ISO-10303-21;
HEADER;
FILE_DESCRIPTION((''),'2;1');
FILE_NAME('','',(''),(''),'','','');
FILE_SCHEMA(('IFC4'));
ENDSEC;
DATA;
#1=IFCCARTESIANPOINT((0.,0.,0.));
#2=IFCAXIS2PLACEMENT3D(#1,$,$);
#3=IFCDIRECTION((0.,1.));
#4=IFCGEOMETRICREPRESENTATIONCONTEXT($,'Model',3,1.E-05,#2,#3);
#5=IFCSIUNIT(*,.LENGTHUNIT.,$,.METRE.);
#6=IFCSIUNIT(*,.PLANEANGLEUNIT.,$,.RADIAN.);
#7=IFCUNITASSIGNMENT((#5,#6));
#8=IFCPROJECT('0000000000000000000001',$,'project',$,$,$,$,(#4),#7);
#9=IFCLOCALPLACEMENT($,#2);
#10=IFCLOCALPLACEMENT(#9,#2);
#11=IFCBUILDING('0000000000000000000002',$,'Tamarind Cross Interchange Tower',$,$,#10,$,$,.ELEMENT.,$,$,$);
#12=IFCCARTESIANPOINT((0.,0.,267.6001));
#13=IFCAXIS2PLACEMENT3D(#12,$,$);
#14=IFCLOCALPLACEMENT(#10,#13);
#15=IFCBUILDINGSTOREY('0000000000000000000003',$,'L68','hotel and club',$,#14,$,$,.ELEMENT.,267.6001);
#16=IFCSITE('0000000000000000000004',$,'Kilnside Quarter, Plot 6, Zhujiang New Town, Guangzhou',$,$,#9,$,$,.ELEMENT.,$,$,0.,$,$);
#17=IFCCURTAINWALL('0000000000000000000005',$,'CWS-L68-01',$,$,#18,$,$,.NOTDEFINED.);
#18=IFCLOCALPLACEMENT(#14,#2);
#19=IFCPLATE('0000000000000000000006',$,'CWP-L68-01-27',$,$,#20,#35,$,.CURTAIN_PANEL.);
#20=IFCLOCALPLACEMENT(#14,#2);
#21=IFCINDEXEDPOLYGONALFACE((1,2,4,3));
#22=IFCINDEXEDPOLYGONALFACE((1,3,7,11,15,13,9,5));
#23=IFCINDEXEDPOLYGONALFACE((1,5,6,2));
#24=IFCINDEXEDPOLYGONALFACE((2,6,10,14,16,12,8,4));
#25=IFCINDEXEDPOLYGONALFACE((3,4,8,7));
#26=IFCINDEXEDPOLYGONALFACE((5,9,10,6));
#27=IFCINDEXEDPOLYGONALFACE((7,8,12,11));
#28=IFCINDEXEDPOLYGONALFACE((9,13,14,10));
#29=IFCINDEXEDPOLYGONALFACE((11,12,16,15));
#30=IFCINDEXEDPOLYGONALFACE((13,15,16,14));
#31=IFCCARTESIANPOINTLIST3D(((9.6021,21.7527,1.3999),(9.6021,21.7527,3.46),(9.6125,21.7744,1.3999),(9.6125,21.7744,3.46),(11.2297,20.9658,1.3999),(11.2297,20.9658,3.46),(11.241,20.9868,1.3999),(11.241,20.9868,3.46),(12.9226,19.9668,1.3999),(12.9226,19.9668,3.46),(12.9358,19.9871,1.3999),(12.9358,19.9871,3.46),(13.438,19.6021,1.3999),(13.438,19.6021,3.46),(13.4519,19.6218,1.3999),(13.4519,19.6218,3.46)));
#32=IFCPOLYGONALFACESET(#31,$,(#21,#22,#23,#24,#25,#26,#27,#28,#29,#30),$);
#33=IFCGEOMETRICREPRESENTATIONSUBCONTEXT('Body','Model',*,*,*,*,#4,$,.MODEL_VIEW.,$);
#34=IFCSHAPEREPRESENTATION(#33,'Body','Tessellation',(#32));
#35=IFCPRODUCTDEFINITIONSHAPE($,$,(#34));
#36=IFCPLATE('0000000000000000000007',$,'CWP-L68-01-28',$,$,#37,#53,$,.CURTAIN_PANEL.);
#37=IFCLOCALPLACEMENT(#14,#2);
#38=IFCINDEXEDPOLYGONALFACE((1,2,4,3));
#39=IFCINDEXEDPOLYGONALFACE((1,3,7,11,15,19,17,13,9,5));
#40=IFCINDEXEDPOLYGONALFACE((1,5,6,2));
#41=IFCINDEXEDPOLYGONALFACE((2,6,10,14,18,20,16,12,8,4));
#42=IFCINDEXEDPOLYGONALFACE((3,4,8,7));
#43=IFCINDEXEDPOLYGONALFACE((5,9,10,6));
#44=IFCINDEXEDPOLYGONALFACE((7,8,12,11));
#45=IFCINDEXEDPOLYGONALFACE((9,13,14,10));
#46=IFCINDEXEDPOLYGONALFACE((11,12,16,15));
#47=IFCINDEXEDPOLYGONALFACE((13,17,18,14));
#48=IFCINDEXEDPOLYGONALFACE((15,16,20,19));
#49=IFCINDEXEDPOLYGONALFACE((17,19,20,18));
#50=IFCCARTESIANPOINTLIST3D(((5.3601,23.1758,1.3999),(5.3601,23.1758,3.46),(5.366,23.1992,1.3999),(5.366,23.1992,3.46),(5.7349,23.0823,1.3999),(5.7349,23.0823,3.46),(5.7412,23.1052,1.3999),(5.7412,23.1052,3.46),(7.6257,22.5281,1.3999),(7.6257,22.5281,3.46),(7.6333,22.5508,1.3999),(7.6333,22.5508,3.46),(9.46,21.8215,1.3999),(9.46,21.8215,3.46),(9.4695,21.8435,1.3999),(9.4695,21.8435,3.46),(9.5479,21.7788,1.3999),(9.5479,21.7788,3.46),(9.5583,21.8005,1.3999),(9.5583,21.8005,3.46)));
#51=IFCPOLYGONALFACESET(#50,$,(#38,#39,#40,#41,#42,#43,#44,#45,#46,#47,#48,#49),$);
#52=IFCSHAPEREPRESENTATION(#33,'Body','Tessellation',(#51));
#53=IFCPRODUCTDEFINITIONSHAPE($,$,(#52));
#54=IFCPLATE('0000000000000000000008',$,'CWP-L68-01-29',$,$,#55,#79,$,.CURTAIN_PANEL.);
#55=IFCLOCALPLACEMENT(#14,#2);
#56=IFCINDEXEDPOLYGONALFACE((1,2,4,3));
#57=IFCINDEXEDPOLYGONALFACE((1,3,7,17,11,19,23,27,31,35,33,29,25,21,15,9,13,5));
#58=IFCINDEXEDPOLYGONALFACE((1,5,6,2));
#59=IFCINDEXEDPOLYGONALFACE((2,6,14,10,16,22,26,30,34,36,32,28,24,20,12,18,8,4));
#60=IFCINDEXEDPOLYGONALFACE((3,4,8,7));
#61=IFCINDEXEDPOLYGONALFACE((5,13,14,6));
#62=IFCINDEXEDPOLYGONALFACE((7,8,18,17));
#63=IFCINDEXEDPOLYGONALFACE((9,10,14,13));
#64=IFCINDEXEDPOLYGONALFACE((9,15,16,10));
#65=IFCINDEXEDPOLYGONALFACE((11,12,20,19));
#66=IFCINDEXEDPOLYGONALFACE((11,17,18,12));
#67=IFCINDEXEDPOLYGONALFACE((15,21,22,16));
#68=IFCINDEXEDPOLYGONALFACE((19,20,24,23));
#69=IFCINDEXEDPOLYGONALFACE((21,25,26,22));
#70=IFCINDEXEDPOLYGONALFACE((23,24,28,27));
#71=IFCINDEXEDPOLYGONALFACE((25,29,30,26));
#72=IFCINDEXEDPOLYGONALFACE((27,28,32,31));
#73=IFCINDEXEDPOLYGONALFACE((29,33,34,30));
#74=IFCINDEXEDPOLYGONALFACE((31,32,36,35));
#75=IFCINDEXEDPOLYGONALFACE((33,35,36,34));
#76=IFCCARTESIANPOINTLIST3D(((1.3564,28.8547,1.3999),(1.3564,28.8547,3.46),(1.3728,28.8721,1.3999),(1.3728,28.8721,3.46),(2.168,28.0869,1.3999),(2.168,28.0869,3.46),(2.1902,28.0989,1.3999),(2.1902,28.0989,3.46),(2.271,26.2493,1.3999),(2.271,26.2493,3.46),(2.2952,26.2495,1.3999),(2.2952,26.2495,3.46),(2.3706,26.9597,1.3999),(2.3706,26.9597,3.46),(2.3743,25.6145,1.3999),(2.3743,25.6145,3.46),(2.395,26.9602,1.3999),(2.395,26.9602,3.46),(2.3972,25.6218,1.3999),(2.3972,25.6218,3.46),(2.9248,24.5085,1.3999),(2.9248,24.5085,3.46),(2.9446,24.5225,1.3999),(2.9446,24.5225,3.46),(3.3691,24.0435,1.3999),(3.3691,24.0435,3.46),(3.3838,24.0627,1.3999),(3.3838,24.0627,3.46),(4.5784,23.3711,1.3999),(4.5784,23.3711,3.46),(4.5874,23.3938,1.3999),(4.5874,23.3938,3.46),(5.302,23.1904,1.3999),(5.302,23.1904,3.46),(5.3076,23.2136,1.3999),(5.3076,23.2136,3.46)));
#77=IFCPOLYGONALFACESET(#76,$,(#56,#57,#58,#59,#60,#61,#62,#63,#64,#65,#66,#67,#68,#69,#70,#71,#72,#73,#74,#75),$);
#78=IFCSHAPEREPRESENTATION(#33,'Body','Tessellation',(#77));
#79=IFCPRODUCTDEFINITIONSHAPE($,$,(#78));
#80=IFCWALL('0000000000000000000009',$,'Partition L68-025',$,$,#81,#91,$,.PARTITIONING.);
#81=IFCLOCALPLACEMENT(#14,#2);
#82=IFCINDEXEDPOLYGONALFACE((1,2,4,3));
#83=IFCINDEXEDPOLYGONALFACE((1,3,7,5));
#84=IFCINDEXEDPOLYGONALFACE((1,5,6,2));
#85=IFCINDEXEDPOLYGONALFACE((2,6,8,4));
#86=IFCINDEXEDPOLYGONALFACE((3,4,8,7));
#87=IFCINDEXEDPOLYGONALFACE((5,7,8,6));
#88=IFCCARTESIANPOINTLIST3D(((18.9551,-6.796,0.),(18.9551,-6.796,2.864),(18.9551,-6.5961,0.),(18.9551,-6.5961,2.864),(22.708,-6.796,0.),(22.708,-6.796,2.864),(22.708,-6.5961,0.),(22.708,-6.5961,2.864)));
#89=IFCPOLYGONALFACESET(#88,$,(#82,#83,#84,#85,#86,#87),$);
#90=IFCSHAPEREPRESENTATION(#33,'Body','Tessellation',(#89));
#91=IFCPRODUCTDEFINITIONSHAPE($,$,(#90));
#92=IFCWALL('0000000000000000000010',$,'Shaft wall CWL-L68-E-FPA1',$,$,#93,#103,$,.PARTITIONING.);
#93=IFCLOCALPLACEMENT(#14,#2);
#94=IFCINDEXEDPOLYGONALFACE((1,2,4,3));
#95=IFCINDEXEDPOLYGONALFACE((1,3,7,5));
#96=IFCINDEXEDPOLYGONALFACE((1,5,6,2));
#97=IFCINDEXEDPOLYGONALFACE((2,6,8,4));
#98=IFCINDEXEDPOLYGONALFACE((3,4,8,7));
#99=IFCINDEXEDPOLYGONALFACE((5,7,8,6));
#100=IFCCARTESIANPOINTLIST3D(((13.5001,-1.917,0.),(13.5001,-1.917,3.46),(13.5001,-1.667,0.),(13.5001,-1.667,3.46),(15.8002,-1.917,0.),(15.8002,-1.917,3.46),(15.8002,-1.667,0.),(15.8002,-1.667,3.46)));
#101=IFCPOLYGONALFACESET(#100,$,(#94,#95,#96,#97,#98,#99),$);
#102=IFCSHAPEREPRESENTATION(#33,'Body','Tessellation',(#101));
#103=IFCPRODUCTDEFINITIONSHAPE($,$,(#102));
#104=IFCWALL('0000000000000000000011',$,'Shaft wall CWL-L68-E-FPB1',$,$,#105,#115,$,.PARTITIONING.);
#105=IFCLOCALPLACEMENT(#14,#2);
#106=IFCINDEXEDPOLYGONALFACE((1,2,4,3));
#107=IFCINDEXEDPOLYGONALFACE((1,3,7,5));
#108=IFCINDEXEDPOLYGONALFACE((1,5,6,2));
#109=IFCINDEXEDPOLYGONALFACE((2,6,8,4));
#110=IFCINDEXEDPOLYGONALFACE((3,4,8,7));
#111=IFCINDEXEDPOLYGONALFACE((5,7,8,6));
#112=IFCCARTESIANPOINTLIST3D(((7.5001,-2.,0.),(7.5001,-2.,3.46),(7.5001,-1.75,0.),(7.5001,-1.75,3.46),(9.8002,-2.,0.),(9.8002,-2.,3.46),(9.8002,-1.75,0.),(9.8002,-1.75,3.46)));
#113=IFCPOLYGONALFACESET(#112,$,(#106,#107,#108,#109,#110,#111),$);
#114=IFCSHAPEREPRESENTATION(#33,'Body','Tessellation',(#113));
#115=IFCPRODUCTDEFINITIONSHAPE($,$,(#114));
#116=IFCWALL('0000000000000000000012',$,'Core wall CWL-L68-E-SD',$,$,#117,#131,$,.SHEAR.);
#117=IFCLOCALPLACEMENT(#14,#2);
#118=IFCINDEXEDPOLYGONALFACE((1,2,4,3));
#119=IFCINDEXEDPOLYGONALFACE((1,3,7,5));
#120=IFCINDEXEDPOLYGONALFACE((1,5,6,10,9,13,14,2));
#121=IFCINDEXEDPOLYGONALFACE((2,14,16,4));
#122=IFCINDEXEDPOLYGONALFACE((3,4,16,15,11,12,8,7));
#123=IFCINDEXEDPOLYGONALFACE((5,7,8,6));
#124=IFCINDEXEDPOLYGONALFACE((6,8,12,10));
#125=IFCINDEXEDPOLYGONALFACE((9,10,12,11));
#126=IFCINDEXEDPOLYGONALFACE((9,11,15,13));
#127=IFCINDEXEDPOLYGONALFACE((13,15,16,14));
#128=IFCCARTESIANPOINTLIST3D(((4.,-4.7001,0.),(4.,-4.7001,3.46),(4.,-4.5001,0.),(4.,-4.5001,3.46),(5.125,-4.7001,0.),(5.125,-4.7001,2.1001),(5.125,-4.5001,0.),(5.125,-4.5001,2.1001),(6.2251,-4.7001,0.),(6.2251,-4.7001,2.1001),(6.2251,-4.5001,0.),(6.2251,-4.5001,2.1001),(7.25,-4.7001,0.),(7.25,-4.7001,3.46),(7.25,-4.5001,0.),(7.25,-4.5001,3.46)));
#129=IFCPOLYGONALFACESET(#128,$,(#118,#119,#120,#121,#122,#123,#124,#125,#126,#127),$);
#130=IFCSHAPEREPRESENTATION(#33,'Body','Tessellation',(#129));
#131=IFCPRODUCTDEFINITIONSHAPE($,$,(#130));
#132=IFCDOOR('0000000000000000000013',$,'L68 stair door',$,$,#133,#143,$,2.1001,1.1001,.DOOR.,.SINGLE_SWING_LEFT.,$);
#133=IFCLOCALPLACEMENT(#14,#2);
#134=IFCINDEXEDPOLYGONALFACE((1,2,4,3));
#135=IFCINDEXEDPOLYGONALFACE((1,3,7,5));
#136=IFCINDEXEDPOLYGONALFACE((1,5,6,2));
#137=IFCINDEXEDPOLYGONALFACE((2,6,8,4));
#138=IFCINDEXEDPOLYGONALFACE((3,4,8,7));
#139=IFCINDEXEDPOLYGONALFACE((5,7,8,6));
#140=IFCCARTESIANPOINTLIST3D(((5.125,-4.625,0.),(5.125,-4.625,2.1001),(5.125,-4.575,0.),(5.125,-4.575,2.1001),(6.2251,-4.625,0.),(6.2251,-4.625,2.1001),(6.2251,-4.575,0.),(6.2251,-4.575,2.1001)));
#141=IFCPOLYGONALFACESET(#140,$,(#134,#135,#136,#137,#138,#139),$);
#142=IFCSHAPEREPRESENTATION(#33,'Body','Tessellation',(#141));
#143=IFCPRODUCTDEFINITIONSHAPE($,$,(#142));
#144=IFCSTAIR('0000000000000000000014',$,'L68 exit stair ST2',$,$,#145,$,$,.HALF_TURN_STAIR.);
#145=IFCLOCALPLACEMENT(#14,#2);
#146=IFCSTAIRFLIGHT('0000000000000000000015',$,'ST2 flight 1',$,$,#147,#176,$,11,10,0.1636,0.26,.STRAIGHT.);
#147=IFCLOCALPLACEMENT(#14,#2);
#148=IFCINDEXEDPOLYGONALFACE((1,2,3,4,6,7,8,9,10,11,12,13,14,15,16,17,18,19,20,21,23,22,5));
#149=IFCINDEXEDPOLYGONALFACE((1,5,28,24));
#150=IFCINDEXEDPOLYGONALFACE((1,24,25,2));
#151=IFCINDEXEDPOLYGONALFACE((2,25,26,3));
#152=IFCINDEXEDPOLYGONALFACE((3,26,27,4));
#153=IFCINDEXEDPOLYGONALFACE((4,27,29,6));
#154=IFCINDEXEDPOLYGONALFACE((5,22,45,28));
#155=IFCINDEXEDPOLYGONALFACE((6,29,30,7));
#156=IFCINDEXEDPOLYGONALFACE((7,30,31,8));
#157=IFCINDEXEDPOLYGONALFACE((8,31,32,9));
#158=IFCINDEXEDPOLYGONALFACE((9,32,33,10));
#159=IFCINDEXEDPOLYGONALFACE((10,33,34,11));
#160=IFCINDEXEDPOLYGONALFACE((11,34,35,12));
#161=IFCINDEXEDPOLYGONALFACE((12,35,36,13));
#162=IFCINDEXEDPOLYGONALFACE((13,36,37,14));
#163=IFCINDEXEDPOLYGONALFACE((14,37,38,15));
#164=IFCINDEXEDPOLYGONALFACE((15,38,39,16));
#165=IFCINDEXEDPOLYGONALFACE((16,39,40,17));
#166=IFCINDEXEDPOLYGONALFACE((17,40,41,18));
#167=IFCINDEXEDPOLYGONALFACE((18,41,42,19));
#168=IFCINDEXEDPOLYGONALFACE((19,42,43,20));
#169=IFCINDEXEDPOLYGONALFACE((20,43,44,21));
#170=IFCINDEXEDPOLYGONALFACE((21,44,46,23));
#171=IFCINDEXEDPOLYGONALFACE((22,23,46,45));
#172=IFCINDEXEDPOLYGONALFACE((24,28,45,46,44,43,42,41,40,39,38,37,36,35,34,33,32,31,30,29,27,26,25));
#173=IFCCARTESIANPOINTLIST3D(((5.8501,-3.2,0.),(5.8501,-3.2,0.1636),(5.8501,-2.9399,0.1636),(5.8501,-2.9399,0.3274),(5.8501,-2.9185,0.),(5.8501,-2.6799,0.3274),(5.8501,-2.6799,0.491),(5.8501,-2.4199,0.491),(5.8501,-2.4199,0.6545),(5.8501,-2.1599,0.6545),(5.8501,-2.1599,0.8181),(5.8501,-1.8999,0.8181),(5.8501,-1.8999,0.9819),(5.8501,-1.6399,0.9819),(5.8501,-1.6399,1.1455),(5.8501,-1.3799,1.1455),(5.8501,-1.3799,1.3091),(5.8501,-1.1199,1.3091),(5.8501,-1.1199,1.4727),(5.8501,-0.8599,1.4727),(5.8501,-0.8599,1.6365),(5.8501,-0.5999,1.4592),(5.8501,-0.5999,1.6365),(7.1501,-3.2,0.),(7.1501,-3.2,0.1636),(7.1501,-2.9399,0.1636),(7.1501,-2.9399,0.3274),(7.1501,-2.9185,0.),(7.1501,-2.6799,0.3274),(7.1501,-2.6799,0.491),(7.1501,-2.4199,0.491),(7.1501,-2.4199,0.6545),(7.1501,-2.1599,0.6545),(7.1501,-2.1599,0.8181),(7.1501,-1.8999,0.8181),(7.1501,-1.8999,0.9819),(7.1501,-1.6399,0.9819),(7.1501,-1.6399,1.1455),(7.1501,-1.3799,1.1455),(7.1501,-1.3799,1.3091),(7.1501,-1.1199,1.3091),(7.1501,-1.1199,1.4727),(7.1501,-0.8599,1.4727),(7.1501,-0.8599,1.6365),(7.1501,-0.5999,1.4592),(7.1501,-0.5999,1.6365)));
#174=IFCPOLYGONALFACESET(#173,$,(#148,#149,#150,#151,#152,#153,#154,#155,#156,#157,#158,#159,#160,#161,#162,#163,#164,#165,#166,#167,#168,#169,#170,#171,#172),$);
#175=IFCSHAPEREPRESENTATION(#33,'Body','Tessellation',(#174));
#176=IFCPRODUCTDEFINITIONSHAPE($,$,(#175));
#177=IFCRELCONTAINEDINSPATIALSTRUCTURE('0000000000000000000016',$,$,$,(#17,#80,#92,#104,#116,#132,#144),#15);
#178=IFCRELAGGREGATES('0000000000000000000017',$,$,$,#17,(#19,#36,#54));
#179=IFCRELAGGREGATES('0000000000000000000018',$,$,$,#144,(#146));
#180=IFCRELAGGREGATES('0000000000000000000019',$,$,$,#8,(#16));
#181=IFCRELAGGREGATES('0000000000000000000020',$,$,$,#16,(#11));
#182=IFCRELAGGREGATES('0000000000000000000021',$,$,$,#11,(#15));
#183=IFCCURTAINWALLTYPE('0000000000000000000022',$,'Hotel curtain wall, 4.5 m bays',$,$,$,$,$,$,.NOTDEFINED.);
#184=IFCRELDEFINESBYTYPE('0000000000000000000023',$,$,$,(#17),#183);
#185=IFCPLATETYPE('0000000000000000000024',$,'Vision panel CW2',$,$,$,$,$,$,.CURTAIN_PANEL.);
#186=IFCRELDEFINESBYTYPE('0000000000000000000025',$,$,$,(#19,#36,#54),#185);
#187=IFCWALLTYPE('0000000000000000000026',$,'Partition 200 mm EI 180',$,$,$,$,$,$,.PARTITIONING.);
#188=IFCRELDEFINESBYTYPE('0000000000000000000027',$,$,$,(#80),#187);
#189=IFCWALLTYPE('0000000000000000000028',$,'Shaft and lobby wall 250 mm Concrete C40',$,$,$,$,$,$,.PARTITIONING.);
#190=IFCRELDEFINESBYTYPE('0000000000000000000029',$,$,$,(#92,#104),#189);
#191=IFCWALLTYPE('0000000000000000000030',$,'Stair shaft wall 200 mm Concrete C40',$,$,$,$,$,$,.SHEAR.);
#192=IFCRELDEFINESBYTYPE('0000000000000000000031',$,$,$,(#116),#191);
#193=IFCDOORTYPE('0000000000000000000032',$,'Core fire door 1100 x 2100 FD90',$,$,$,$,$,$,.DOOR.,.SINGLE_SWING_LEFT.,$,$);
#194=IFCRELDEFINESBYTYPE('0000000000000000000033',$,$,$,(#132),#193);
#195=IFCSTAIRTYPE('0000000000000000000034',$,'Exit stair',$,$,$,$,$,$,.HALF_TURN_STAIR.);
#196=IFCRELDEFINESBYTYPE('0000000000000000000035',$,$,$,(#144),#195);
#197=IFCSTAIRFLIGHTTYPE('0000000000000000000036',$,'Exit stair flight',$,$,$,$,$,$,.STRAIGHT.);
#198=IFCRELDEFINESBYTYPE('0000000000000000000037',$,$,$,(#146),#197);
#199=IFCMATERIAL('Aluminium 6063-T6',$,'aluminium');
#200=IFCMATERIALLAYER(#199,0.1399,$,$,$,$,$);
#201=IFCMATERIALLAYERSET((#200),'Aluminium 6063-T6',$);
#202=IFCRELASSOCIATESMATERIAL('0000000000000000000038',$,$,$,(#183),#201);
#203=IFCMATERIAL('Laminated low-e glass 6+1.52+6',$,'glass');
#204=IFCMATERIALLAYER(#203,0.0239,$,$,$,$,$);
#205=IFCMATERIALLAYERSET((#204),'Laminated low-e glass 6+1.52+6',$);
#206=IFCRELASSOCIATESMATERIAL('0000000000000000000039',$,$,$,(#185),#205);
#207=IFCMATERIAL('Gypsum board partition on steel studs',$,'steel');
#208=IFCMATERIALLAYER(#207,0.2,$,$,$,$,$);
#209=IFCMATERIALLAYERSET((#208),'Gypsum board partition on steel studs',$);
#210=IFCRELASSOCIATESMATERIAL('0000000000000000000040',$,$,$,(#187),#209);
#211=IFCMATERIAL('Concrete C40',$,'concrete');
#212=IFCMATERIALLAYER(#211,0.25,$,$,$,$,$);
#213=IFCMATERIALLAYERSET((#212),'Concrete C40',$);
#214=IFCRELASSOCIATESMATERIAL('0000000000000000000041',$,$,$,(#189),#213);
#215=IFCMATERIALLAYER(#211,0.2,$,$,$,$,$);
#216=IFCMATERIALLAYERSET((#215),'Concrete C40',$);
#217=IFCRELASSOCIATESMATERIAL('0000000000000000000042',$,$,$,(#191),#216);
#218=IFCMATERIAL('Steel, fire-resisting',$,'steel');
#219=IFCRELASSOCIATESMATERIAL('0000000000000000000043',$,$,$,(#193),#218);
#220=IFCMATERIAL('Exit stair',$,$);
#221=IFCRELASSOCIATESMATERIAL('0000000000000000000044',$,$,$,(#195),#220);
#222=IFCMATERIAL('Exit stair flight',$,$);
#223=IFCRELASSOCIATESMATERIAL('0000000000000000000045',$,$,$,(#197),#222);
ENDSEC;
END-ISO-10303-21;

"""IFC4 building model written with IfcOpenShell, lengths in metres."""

from ifc_helpers import new_model, si_unit, direction, frame, frame_2d, origin, place, context, subcontext, project, spatial, polyline, rectangle, outline, extrude, material, layer, layer_set, type_object, element, fill, aggregate, save


model = new_model("IFC4")

# Units and contexts
model_context = context("Model", 3, precision=1e-05, world=origin(), true_north=direction((0.0, 1.0)))
body_context = subcontext(model_context, "Body", "Model", "MODEL_VIEW")
ifc_project = project(units=[si_unit("LENGTHUNIT", "METRE"), si_unit("PLANEANGLEUNIT", "RADIAN")], contexts=[model_context])

# Site, building, storey
site_placement = place(None, origin())
site = spatial("IfcSite", under=ifc_project, at=site_placement, Name="Kilnside Quarter, Plot 6, Zhujiang New Town, Guangzhou", CompositionType="ELEMENT", RefElevation=0.0)
building_placement = place(site_placement, origin())
building = spatial("IfcBuilding", under=site, at=building_placement, Name="Tamarind Cross Interchange Tower", CompositionType="ELEMENT")
storey_placement = place(building_placement, frame((0.0, 0.0, 267.6001)))
storey = spatial("IfcBuildingStorey", under=building, at=storey_placement, Name="L68", Description="hotel and club", CompositionType="ELEMENT", Elevation=267.6001)

# Curtain wall, plates
ifc_material_1 = material(Name="Aluminium 6063-T6", Category="aluminium")
ifc_layer_1 = layer(ifc_material_1, 0.1399)
ifc_layer_set_1 = layer_set([ifc_layer_1], Name="Aluminium 6063-T6")
curtain_wall_type = type_object("IfcCurtainWallType", Name="Hotel curtain wall, 4.5 m bays", PredefinedType="NOTDEFINED", material=ifc_layer_set_1)
curtain_wall_placement = place(storey_placement, origin())
curtain_wall = element("IfcCurtainWall", 1, at=curtain_wall_placement, inside=storey, type_object=curtain_wall_type, Name="CWS-L68-01", PredefinedType="NOTDEFINED")
ifc_material_2 = material(Name="Laminated low-e glass 6+1.52+6", Category="glass")
ifc_layer_2 = layer(ifc_material_2, 0.0239)
ifc_layer_set_2 = layer_set([ifc_layer_2], Name="Laminated low-e glass 6+1.52+6")
plate_type = type_object("IfcPlateType", Name="Vision panel CW2", PredefinedType="CURTAIN_PANEL", material=ifc_layer_set_2)
plate_1_placement = place(storey_placement, frame((0.0, 0.0, 1.3999)))
plate_1 = element("IfcPlate", 2, at=plate_1_placement, type_object=plate_type, Name="CWP-L68-01-27", PredefinedType="CURTAIN_PANEL", context=body_context, shape_type="SweptSolid", body=[
    extrude(outline(polyline([(13.438, 19.6021), (12.9226, 19.9668), (11.2297, 20.9658), (9.6021, 21.7527), (9.6125, 21.7744), (11.241, 20.9868), (12.9358, 19.9871), (13.4519, 19.6218), (13.438, 19.6021)])), origin(), (0.0, 0.0, 1.0), 2.0601),
])
plate_2_placement = place(storey_placement, frame((0.0, 0.0, 1.3999)))
plate_2 = element("IfcPlate", 3, at=plate_2_placement, type_object=plate_type, Name="CWP-L68-01-28", PredefinedType="CURTAIN_PANEL", context=body_context, shape_type="SweptSolid", body=[
    extrude(outline(polyline([(9.5479, 21.7788), (9.46, 21.8215), (7.6257, 22.5281), (5.7349, 23.0823), (5.3601, 23.1758), (5.366, 23.1992), (5.7412, 23.1052), (7.6333, 22.5508), (9.4695, 21.8435), (9.5583, 21.8005), (9.5479, 21.7788)])), origin(), (0.0, 0.0, 1.0), 2.0601),
])
plate_3_placement = place(storey_placement, frame((0.0, 0.0, 1.3999)))
plate_3 = element("IfcPlate", 4, at=plate_3_placement, type_object=plate_type, Name="CWP-L68-01-29", PredefinedType="CURTAIN_PANEL", context=body_context, shape_type="SweptSolid", body=[
    extrude(outline(polyline([(5.302, 23.1904), (4.5784, 23.3711), (3.3691, 24.0435), (2.9248, 24.5085), (2.3743, 25.6145), (2.271, 26.2493), (2.3706, 26.9597), (2.168, 28.0869), (1.3564, 28.8547), (1.3728, 28.8721), (2.1902, 28.0989), (2.395, 26.9602), (2.2952, 26.2495), (2.3972, 25.6218), (2.9446, 24.5225), (3.3838, 24.0627), (4.5874, 23.3938), (5.3076, 23.2136), (5.302, 23.1904)])), origin(), (0.0, 0.0, 1.0), 2.0601),
])
aggregate(curtain_wall, [plate_1, plate_2, plate_3])

# Walls
ifc_material_3 = material(Name="Gypsum board partition on steel studs", Category="steel")
ifc_layer_3 = layer(ifc_material_3, 0.2)
ifc_layer_set_3 = layer_set([ifc_layer_3], Name="Gypsum board partition on steel studs")
wall_type_1 = type_object("IfcWallType", Name="Partition 200 mm EI 180", PredefinedType="PARTITIONING", material=ifc_layer_set_3)
wall_1_placement = place(storey_placement, frame((18.9551, -6.696, 0.0), z_axis=(0.0, 0.0, 1.0), x_axis=(1.0, 0.0, 0.0)))
element("IfcWall", 5, at=wall_1_placement, inside=storey, type_object=wall_type_1, Name="Partition L68-025", PredefinedType="PARTITIONING", context=body_context, shape_type="SweptSolid", body=[
    extrude(rectangle(XDim=3.7529, YDim=0.2, at=frame_2d((1.8765, 0.0))), origin(), (0.0, 0.0, 1.0), 2.864),
])
ifc_material_4 = material(Name="Concrete C40", Category="concrete")
ifc_layer_4 = layer(ifc_material_4, 0.25)
ifc_layer_set_4 = layer_set([ifc_layer_4], Name="Concrete C40")
wall_type_2 = type_object("IfcWallType", Name="Shaft and lobby wall 250 mm Concrete C40", PredefinedType="PARTITIONING", material=ifc_layer_set_4)
for number, where, z_axis, x_axis, name in (
    (6, (15.8, -1.792, 0.0), (0.0, 0.0, 1.0), (-1.0, 0.0, 0.0), "Shaft wall CWL-L68-E-FPA1"),
    (7, (9.8, -1.875, 0.0), (0.0, 0.0, 1.0), (-1.0, 0.0, 0.0), "Shaft wall CWL-L68-E-FPB1"),
):
    element("IfcWall", number, at=place(storey_placement, frame(where, z_axis=z_axis, x_axis=x_axis)), inside=storey, type_object=wall_type_2, Name=name, PredefinedType="PARTITIONING", context=body_context, shape_type="SweptSolid", body=[
        extrude(rectangle(XDim=2.3, YDim=0.25, at=frame_2d((1.1499, 0.0))), origin(), (0.0, 0.0, 1.0), 3.46),
    ])

# Wall, opening, door
ifc_layer_5 = layer(ifc_material_4, 0.2)
ifc_layer_set_5 = layer_set([ifc_layer_5], Name="Concrete C40")
wall_type_3 = type_object("IfcWallType", Name="Stair shaft wall 200 mm Concrete C40", PredefinedType="SHEAR", material=ifc_layer_set_5)
wall_2_placement = place(storey_placement, frame((7.25, -4.6001, 0.0), z_axis=(0.0, 0.0, 1.0), x_axis=(-1.0, 0.0, 0.0)))
wall_2 = element("IfcWall", 8, at=wall_2_placement, inside=storey, type_object=wall_type_3, Name="Core wall CWL-L68-E-SD", PredefinedType="SHEAR", context=body_context, shape_type="SweptSolid", body=[
    extrude(rectangle(XDim=3.25, YDim=0.2, at=frame_2d((1.625, 0.0))), origin(), (0.0, 0.0, 1.0), 3.46),
])
opening_placement = place(wall_2_placement, frame((1.0249, 0.0, 0.0)))
opening = element("IfcOpeningElement", 9, at=opening_placement, cuts=wall_2, PredefinedType="OPENING", context=body_context, shape_type="SweptSolid", body=[
    extrude(rectangle(XDim=1.1001, YDim=2.1001, at=frame_2d((0.55, 1.05))), frame((0.0, 0.1099, 0.0), z_axis=(0.0, -1.0, 0.0), x_axis=(1.0, 0.0, 0.0)), (0.0, 0.0, 1.0), 0.22),
])
ifc_material_5 = material(Name="Steel, fire-resisting", Category="steel")
door_type = type_object("IfcDoorType", Name="Core fire door 1100 x 2100 FD90", OperationType="SINGLE_SWING_LEFT", PredefinedType="DOOR", material=ifc_material_5)
door_placement = place(opening_placement, origin())
door = element("IfcDoor", 10, at=door_placement, inside=storey, type_object=door_type, Name="L68 stair door", OperationType="SINGLE_SWING_LEFT", OverallHeight=2.1001, OverallWidth=1.1001, PredefinedType="DOOR", context=body_context, shape_type="SweptSolid", body=[
    extrude(rectangle(XDim=1.1001, YDim=2.1001, at=frame_2d((0.55, 1.05))), frame((0.0, 0.0249, 0.0), z_axis=(0.0, -1.0, 0.0), x_axis=(1.0, 0.0, 0.0)), (0.0, 0.0, 1.0), 0.05),
])
fill(opening, door)

# Stair, stair flight
ifc_material_6 = material(Name="Exit stair")
stair_type = type_object("IfcStairType", Name="Exit stair", PredefinedType="HALF_TURN_STAIR", material=ifc_material_6)
stair_placement = place(storey_placement, origin())
stair = element("IfcStair", 11, at=stair_placement, inside=storey, type_object=stair_type, Name="L68 exit stair ST2", PredefinedType="HALF_TURN_STAIR")
ifc_material_7 = material(Name="Exit stair flight")
stair_flight_type = type_object("IfcStairFlightType", Name="Exit stair flight", PredefinedType="STRAIGHT", material=ifc_material_7)
stair_flight_1_placement = place(storey_placement, frame((6.5, -3.2, 0.0), z_axis=(0.0, 0.0, 1.0), x_axis=(0.0, 1.0, 0.0)))
stair_flight_1 = element("IfcStairFlight", 12, at=stair_flight_1_placement, type_object=stair_flight_type, Name="ST2 flight 1", NumberOfRisers=11, NumberOfTreads=10, PredefinedType="STRAIGHT", RiserHeight=0.1636, TreadLength=0.26, context=body_context, shape_type="SweptSolid", body=[
    extrude(outline(polyline([(0.0, 0.0), (0.0, 0.1636), (0.26, 0.1636), (0.26, 0.3274), (0.52, 0.3274), (0.52, 0.491), (0.78, 0.491), (0.78, 0.6545), (1.04, 0.6545), (1.04, 0.8181), (1.3, 0.8181), (1.3, 0.9819), (1.5601, 0.9819), (1.5601, 1.1455), (1.8201, 1.1455), (1.8201, 1.3091), (2.0801, 1.3091), (2.0801, 1.4727), (2.3401, 1.4727), (2.3401, 1.6365), (2.6001, 1.6365), (2.6001, 1.8), (2.6001, 1.4592), (0.2815, 0.0), (0.0, 0.0)])), frame((0.0, 0.6499, 0.0), z_axis=(0.0, -1.0, 0.0), x_axis=(1.0, 0.0, 0.0)), (0.0, 0.0, 1.0), 1.3),
])
aggregate(stair, [stair_flight_1])

save(model, "model.ifc")
